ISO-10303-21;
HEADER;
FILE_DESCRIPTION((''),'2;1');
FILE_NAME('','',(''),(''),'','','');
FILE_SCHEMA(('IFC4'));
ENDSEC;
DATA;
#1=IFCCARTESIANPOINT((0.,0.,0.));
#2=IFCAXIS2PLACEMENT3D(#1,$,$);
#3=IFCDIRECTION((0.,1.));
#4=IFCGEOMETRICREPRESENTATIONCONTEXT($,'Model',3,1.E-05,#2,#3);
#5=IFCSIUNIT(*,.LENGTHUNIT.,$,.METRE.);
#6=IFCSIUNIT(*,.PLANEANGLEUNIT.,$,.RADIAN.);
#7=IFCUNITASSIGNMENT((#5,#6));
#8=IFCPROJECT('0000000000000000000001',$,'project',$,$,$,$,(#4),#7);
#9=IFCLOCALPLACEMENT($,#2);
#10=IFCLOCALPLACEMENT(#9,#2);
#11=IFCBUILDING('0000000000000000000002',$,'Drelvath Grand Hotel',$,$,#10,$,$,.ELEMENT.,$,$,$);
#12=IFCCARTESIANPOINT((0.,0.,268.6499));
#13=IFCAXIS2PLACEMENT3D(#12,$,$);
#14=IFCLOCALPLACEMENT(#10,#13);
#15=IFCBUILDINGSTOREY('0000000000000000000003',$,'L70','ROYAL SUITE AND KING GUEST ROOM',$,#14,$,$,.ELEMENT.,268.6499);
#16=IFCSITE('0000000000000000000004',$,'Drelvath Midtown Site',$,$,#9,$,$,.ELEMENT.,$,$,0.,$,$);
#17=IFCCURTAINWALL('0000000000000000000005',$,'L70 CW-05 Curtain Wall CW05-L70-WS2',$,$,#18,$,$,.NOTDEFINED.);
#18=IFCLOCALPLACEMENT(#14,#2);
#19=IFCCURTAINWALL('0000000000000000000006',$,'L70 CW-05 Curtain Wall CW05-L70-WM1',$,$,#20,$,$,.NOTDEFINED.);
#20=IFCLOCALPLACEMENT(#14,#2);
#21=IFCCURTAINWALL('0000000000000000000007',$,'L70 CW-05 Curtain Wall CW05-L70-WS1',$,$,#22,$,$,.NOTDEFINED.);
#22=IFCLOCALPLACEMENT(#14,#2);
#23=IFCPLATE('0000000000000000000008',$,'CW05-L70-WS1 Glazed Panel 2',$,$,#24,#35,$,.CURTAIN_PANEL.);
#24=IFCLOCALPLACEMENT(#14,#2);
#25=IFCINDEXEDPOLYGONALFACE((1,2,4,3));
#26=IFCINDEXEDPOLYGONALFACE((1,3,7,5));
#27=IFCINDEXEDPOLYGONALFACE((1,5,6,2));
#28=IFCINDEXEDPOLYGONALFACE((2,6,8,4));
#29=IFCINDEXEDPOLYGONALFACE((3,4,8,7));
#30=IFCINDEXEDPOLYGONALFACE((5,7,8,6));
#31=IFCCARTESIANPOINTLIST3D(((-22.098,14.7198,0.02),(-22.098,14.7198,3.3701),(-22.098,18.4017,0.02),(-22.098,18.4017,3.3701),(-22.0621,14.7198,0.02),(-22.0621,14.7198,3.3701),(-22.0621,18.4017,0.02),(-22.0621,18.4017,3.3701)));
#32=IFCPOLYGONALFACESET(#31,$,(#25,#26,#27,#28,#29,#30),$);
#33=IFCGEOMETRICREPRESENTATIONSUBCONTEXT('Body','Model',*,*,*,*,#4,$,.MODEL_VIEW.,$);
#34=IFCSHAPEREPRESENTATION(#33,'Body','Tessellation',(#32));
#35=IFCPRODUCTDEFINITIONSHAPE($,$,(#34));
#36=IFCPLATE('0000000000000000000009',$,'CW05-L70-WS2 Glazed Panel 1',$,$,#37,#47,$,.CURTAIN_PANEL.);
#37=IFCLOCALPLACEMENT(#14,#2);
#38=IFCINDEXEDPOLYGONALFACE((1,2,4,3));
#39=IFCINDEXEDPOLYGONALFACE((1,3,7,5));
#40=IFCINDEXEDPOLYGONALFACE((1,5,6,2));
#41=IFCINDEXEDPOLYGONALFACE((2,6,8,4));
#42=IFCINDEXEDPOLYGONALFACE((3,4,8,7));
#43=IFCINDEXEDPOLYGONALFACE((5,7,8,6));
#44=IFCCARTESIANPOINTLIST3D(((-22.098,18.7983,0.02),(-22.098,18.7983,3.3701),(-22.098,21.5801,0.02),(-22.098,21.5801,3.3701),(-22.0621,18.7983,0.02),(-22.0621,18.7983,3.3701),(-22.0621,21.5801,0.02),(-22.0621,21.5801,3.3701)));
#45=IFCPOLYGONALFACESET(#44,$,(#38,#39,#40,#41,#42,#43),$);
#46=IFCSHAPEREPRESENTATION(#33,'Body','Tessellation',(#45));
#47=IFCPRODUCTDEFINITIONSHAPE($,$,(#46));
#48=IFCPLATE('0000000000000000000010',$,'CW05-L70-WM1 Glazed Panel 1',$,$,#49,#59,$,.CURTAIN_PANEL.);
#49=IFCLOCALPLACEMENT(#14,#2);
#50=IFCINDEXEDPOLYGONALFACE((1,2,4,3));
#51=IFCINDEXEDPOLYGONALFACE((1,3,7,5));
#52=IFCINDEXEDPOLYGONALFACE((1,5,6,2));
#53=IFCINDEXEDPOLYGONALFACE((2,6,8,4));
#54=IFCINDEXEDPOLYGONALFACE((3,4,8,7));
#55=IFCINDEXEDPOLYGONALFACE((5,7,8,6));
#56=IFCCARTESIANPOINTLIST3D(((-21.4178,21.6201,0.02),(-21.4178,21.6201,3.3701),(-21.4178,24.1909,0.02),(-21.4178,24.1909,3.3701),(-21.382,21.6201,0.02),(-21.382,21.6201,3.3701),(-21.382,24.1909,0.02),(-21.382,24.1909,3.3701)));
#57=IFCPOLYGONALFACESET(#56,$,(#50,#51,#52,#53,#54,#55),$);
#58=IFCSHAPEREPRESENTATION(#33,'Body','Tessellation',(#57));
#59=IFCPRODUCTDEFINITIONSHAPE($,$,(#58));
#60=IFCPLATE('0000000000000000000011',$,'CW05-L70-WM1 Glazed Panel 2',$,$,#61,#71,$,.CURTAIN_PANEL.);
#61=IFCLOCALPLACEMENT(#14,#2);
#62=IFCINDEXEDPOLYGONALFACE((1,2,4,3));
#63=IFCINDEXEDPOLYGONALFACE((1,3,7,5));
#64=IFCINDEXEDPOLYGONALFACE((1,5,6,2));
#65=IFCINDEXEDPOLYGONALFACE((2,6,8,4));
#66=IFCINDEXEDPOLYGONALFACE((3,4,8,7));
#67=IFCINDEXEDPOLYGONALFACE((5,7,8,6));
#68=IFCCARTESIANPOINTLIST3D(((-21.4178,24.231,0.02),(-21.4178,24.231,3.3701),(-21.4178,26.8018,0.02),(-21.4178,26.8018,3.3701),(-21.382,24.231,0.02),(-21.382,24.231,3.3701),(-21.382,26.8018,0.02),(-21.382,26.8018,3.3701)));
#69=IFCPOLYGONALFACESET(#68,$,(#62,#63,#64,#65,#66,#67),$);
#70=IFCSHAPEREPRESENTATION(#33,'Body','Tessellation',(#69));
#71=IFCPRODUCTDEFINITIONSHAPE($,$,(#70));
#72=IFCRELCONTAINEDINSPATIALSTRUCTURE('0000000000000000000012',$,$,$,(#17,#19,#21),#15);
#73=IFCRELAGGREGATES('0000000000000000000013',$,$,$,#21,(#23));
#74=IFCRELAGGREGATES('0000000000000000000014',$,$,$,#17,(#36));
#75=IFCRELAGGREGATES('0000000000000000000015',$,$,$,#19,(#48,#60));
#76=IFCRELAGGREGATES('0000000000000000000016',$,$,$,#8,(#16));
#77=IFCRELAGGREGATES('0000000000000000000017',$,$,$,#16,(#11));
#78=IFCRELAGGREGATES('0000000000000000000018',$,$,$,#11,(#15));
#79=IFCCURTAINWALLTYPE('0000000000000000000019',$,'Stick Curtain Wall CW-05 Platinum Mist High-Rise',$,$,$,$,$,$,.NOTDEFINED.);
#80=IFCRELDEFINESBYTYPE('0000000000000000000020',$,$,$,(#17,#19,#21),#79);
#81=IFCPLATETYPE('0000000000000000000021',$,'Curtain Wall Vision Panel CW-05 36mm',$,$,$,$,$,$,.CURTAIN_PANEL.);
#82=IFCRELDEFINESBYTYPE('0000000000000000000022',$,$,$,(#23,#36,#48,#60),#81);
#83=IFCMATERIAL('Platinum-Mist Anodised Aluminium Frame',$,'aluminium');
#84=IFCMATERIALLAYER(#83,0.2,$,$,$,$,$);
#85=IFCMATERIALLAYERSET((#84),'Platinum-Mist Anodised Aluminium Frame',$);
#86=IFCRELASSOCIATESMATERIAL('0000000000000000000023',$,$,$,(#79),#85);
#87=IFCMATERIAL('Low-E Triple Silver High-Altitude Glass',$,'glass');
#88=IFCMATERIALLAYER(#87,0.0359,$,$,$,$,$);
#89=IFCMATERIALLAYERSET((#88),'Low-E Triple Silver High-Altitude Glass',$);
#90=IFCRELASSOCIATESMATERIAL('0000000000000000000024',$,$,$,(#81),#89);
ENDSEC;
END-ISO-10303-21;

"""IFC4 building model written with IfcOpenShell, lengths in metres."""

from ifc_helpers import new_model, si_unit, direction, frame, origin, origin_2d, place, context, subcontext, project, spatial, rectangle, extrude, material, layer, layer_set, type_object, element, aggregate, save


model = new_model("IFC4")

# Units and contexts
model_context = context("Model", 3, precision=1e-05, world=origin(), true_north=direction((0.0, 1.0)))
body_context = subcontext(model_context, "Body", "Model", "MODEL_VIEW")
ifc_project = project(units=[si_unit("LENGTHUNIT", "METRE"), si_unit("PLANEANGLEUNIT", "RADIAN")], contexts=[model_context])

# Site, building, storey
site_placement = place(None, origin())
site = spatial("IfcSite", under=ifc_project, at=site_placement, Name="Drelvath Midtown Site", CompositionType="ELEMENT", RefElevation=0.0)
building_placement = place(site_placement, origin())
building = spatial("IfcBuilding", under=site, at=building_placement, Name="Drelvath Grand Hotel", CompositionType="ELEMENT")
storey_placement = place(building_placement, frame((0.0, 0.0, 268.6499)))
storey = spatial("IfcBuildingStorey", under=building, at=storey_placement, Name="L70", Description="ROYAL SUITE AND KING GUEST ROOM", CompositionType="ELEMENT", Elevation=268.6499)

# Curtain walls
ifc_material_1 = material(Name="Platinum-Mist Anodised Aluminium Frame", Category="aluminium")
ifc_layer_1 = layer(ifc_material_1, 0.2)
ifc_layer_set_1 = layer_set([ifc_layer_1], Name="Platinum-Mist Anodised Aluminium Frame")
curtain_wall_type = type_object("IfcCurtainWallType", Name="Stick Curtain Wall CW-05 Platinum Mist High-Rise", PredefinedType="NOTDEFINED", material=ifc_layer_set_1)
curtain_wall_1_placement = place(storey_placement, origin())
curtain_wall_1 = element("IfcCurtainWall", 1, at=curtain_wall_1_placement, inside=storey, type_object=curtain_wall_type, Name="L70 CW-05 Curtain Wall CW05-L70-WS2", PredefinedType="NOTDEFINED")
curtain_wall_2_placement = place(storey_placement, origin())
curtain_wall_2 = element("IfcCurtainWall", 2, at=curtain_wall_2_placement, inside=storey, type_object=curtain_wall_type, Name="L70 CW-05 Curtain Wall CW05-L70-WM1", PredefinedType="NOTDEFINED")

# Curtain wall
curtain_wall_3_placement = place(storey_placement, origin())
curtain_wall_3 = element("IfcCurtainWall", 3, at=curtain_wall_3_placement, inside=storey, type_object=curtain_wall_type, Name="L70 CW-05 Curtain Wall CW05-L70-WS1", PredefinedType="NOTDEFINED")

# Plates
ifc_material_2 = material(Name="Low-E Triple Silver High-Altitude Glass", Category="glass")
ifc_layer_2 = layer(ifc_material_2, 0.0359)
ifc_layer_set_2 = layer_set([ifc_layer_2], Name="Low-E Triple Silver High-Altitude Glass")
plate_type = type_object("IfcPlateType", Name="Curtain Wall Vision Panel CW-05 36mm", PredefinedType="CURTAIN_PANEL", material=ifc_layer_set_2)
plate_1_placement = place(storey_placement, frame((-22.0801, 16.5608, 0.02), z_axis=(0.0, 0.0, 1.0), x_axis=(0.0, 1.0, 0.0)))
plate_1 = element("IfcPlate", 4, at=plate_1_placement, type_object=plate_type, Name="CW05-L70-WS1 Glazed Panel 2", PredefinedType="CURTAIN_PANEL", context=body_context, shape_type="SweptSolid", body=[
    extrude(rectangle(XDim=3.6819, YDim=0.0359, at=origin_2d()), origin(), (0.0, 0.0, 1.0), 3.3501),
])
aggregate(curtain_wall_3, [plate_1])
plate_2_placement = place(storey_placement, frame((-22.0801, 20.1892, 0.02), z_axis=(0.0, 0.0, 1.0), x_axis=(0.0, 1.0, 0.0)))
plate_2 = element("IfcPlate", 5, at=plate_2_placement, type_object=plate_type, Name="CW05-L70-WS2 Glazed Panel 1", PredefinedType="CURTAIN_PANEL", context=body_context, shape_type="SweptSolid", body=[
    extrude(rectangle(XDim=2.7817, YDim=0.0359, at=origin_2d()), origin(), (0.0, 0.0, 1.0), 3.3501),
])
aggregate(curtain_wall_1, [plate_2])
plate_3_placement = place(storey_placement, frame((-21.3999, 22.9055, 0.02), z_axis=(0.0, 0.0, 1.0), x_axis=(0.0, 1.0, 0.0)))
plate_3 = element("IfcPlate", 6, at=plate_3_placement, type_object=plate_type, Name="CW05-L70-WM1 Glazed Panel 1", PredefinedType="CURTAIN_PANEL", context=body_context, shape_type="SweptSolid", body=[
    extrude(rectangle(XDim=2.5708, YDim=0.0359, at=origin_2d()), origin(), (0.0, 0.0, 1.0), 3.3501),
])
plate_4_placement = place(storey_placement, frame((-21.3999, 25.5164, 0.02), z_axis=(0.0, 0.0, 1.0), x_axis=(0.0, 1.0, 0.0)))
plate_4 = element("IfcPlate", 7, at=plate_4_placement, type_object=plate_type, Name="CW05-L70-WM1 Glazed Panel 2", PredefinedType="CURTAIN_PANEL", context=body_context, shape_type="SweptSolid", body=[
    extrude(rectangle(XDim=2.5708, YDim=0.0359, at=origin_2d()), origin(), (0.0, 0.0, 1.0), 3.3501),
])
aggregate(curtain_wall_2, [plate_3, plate_4])

save(model, "model.ifc")
